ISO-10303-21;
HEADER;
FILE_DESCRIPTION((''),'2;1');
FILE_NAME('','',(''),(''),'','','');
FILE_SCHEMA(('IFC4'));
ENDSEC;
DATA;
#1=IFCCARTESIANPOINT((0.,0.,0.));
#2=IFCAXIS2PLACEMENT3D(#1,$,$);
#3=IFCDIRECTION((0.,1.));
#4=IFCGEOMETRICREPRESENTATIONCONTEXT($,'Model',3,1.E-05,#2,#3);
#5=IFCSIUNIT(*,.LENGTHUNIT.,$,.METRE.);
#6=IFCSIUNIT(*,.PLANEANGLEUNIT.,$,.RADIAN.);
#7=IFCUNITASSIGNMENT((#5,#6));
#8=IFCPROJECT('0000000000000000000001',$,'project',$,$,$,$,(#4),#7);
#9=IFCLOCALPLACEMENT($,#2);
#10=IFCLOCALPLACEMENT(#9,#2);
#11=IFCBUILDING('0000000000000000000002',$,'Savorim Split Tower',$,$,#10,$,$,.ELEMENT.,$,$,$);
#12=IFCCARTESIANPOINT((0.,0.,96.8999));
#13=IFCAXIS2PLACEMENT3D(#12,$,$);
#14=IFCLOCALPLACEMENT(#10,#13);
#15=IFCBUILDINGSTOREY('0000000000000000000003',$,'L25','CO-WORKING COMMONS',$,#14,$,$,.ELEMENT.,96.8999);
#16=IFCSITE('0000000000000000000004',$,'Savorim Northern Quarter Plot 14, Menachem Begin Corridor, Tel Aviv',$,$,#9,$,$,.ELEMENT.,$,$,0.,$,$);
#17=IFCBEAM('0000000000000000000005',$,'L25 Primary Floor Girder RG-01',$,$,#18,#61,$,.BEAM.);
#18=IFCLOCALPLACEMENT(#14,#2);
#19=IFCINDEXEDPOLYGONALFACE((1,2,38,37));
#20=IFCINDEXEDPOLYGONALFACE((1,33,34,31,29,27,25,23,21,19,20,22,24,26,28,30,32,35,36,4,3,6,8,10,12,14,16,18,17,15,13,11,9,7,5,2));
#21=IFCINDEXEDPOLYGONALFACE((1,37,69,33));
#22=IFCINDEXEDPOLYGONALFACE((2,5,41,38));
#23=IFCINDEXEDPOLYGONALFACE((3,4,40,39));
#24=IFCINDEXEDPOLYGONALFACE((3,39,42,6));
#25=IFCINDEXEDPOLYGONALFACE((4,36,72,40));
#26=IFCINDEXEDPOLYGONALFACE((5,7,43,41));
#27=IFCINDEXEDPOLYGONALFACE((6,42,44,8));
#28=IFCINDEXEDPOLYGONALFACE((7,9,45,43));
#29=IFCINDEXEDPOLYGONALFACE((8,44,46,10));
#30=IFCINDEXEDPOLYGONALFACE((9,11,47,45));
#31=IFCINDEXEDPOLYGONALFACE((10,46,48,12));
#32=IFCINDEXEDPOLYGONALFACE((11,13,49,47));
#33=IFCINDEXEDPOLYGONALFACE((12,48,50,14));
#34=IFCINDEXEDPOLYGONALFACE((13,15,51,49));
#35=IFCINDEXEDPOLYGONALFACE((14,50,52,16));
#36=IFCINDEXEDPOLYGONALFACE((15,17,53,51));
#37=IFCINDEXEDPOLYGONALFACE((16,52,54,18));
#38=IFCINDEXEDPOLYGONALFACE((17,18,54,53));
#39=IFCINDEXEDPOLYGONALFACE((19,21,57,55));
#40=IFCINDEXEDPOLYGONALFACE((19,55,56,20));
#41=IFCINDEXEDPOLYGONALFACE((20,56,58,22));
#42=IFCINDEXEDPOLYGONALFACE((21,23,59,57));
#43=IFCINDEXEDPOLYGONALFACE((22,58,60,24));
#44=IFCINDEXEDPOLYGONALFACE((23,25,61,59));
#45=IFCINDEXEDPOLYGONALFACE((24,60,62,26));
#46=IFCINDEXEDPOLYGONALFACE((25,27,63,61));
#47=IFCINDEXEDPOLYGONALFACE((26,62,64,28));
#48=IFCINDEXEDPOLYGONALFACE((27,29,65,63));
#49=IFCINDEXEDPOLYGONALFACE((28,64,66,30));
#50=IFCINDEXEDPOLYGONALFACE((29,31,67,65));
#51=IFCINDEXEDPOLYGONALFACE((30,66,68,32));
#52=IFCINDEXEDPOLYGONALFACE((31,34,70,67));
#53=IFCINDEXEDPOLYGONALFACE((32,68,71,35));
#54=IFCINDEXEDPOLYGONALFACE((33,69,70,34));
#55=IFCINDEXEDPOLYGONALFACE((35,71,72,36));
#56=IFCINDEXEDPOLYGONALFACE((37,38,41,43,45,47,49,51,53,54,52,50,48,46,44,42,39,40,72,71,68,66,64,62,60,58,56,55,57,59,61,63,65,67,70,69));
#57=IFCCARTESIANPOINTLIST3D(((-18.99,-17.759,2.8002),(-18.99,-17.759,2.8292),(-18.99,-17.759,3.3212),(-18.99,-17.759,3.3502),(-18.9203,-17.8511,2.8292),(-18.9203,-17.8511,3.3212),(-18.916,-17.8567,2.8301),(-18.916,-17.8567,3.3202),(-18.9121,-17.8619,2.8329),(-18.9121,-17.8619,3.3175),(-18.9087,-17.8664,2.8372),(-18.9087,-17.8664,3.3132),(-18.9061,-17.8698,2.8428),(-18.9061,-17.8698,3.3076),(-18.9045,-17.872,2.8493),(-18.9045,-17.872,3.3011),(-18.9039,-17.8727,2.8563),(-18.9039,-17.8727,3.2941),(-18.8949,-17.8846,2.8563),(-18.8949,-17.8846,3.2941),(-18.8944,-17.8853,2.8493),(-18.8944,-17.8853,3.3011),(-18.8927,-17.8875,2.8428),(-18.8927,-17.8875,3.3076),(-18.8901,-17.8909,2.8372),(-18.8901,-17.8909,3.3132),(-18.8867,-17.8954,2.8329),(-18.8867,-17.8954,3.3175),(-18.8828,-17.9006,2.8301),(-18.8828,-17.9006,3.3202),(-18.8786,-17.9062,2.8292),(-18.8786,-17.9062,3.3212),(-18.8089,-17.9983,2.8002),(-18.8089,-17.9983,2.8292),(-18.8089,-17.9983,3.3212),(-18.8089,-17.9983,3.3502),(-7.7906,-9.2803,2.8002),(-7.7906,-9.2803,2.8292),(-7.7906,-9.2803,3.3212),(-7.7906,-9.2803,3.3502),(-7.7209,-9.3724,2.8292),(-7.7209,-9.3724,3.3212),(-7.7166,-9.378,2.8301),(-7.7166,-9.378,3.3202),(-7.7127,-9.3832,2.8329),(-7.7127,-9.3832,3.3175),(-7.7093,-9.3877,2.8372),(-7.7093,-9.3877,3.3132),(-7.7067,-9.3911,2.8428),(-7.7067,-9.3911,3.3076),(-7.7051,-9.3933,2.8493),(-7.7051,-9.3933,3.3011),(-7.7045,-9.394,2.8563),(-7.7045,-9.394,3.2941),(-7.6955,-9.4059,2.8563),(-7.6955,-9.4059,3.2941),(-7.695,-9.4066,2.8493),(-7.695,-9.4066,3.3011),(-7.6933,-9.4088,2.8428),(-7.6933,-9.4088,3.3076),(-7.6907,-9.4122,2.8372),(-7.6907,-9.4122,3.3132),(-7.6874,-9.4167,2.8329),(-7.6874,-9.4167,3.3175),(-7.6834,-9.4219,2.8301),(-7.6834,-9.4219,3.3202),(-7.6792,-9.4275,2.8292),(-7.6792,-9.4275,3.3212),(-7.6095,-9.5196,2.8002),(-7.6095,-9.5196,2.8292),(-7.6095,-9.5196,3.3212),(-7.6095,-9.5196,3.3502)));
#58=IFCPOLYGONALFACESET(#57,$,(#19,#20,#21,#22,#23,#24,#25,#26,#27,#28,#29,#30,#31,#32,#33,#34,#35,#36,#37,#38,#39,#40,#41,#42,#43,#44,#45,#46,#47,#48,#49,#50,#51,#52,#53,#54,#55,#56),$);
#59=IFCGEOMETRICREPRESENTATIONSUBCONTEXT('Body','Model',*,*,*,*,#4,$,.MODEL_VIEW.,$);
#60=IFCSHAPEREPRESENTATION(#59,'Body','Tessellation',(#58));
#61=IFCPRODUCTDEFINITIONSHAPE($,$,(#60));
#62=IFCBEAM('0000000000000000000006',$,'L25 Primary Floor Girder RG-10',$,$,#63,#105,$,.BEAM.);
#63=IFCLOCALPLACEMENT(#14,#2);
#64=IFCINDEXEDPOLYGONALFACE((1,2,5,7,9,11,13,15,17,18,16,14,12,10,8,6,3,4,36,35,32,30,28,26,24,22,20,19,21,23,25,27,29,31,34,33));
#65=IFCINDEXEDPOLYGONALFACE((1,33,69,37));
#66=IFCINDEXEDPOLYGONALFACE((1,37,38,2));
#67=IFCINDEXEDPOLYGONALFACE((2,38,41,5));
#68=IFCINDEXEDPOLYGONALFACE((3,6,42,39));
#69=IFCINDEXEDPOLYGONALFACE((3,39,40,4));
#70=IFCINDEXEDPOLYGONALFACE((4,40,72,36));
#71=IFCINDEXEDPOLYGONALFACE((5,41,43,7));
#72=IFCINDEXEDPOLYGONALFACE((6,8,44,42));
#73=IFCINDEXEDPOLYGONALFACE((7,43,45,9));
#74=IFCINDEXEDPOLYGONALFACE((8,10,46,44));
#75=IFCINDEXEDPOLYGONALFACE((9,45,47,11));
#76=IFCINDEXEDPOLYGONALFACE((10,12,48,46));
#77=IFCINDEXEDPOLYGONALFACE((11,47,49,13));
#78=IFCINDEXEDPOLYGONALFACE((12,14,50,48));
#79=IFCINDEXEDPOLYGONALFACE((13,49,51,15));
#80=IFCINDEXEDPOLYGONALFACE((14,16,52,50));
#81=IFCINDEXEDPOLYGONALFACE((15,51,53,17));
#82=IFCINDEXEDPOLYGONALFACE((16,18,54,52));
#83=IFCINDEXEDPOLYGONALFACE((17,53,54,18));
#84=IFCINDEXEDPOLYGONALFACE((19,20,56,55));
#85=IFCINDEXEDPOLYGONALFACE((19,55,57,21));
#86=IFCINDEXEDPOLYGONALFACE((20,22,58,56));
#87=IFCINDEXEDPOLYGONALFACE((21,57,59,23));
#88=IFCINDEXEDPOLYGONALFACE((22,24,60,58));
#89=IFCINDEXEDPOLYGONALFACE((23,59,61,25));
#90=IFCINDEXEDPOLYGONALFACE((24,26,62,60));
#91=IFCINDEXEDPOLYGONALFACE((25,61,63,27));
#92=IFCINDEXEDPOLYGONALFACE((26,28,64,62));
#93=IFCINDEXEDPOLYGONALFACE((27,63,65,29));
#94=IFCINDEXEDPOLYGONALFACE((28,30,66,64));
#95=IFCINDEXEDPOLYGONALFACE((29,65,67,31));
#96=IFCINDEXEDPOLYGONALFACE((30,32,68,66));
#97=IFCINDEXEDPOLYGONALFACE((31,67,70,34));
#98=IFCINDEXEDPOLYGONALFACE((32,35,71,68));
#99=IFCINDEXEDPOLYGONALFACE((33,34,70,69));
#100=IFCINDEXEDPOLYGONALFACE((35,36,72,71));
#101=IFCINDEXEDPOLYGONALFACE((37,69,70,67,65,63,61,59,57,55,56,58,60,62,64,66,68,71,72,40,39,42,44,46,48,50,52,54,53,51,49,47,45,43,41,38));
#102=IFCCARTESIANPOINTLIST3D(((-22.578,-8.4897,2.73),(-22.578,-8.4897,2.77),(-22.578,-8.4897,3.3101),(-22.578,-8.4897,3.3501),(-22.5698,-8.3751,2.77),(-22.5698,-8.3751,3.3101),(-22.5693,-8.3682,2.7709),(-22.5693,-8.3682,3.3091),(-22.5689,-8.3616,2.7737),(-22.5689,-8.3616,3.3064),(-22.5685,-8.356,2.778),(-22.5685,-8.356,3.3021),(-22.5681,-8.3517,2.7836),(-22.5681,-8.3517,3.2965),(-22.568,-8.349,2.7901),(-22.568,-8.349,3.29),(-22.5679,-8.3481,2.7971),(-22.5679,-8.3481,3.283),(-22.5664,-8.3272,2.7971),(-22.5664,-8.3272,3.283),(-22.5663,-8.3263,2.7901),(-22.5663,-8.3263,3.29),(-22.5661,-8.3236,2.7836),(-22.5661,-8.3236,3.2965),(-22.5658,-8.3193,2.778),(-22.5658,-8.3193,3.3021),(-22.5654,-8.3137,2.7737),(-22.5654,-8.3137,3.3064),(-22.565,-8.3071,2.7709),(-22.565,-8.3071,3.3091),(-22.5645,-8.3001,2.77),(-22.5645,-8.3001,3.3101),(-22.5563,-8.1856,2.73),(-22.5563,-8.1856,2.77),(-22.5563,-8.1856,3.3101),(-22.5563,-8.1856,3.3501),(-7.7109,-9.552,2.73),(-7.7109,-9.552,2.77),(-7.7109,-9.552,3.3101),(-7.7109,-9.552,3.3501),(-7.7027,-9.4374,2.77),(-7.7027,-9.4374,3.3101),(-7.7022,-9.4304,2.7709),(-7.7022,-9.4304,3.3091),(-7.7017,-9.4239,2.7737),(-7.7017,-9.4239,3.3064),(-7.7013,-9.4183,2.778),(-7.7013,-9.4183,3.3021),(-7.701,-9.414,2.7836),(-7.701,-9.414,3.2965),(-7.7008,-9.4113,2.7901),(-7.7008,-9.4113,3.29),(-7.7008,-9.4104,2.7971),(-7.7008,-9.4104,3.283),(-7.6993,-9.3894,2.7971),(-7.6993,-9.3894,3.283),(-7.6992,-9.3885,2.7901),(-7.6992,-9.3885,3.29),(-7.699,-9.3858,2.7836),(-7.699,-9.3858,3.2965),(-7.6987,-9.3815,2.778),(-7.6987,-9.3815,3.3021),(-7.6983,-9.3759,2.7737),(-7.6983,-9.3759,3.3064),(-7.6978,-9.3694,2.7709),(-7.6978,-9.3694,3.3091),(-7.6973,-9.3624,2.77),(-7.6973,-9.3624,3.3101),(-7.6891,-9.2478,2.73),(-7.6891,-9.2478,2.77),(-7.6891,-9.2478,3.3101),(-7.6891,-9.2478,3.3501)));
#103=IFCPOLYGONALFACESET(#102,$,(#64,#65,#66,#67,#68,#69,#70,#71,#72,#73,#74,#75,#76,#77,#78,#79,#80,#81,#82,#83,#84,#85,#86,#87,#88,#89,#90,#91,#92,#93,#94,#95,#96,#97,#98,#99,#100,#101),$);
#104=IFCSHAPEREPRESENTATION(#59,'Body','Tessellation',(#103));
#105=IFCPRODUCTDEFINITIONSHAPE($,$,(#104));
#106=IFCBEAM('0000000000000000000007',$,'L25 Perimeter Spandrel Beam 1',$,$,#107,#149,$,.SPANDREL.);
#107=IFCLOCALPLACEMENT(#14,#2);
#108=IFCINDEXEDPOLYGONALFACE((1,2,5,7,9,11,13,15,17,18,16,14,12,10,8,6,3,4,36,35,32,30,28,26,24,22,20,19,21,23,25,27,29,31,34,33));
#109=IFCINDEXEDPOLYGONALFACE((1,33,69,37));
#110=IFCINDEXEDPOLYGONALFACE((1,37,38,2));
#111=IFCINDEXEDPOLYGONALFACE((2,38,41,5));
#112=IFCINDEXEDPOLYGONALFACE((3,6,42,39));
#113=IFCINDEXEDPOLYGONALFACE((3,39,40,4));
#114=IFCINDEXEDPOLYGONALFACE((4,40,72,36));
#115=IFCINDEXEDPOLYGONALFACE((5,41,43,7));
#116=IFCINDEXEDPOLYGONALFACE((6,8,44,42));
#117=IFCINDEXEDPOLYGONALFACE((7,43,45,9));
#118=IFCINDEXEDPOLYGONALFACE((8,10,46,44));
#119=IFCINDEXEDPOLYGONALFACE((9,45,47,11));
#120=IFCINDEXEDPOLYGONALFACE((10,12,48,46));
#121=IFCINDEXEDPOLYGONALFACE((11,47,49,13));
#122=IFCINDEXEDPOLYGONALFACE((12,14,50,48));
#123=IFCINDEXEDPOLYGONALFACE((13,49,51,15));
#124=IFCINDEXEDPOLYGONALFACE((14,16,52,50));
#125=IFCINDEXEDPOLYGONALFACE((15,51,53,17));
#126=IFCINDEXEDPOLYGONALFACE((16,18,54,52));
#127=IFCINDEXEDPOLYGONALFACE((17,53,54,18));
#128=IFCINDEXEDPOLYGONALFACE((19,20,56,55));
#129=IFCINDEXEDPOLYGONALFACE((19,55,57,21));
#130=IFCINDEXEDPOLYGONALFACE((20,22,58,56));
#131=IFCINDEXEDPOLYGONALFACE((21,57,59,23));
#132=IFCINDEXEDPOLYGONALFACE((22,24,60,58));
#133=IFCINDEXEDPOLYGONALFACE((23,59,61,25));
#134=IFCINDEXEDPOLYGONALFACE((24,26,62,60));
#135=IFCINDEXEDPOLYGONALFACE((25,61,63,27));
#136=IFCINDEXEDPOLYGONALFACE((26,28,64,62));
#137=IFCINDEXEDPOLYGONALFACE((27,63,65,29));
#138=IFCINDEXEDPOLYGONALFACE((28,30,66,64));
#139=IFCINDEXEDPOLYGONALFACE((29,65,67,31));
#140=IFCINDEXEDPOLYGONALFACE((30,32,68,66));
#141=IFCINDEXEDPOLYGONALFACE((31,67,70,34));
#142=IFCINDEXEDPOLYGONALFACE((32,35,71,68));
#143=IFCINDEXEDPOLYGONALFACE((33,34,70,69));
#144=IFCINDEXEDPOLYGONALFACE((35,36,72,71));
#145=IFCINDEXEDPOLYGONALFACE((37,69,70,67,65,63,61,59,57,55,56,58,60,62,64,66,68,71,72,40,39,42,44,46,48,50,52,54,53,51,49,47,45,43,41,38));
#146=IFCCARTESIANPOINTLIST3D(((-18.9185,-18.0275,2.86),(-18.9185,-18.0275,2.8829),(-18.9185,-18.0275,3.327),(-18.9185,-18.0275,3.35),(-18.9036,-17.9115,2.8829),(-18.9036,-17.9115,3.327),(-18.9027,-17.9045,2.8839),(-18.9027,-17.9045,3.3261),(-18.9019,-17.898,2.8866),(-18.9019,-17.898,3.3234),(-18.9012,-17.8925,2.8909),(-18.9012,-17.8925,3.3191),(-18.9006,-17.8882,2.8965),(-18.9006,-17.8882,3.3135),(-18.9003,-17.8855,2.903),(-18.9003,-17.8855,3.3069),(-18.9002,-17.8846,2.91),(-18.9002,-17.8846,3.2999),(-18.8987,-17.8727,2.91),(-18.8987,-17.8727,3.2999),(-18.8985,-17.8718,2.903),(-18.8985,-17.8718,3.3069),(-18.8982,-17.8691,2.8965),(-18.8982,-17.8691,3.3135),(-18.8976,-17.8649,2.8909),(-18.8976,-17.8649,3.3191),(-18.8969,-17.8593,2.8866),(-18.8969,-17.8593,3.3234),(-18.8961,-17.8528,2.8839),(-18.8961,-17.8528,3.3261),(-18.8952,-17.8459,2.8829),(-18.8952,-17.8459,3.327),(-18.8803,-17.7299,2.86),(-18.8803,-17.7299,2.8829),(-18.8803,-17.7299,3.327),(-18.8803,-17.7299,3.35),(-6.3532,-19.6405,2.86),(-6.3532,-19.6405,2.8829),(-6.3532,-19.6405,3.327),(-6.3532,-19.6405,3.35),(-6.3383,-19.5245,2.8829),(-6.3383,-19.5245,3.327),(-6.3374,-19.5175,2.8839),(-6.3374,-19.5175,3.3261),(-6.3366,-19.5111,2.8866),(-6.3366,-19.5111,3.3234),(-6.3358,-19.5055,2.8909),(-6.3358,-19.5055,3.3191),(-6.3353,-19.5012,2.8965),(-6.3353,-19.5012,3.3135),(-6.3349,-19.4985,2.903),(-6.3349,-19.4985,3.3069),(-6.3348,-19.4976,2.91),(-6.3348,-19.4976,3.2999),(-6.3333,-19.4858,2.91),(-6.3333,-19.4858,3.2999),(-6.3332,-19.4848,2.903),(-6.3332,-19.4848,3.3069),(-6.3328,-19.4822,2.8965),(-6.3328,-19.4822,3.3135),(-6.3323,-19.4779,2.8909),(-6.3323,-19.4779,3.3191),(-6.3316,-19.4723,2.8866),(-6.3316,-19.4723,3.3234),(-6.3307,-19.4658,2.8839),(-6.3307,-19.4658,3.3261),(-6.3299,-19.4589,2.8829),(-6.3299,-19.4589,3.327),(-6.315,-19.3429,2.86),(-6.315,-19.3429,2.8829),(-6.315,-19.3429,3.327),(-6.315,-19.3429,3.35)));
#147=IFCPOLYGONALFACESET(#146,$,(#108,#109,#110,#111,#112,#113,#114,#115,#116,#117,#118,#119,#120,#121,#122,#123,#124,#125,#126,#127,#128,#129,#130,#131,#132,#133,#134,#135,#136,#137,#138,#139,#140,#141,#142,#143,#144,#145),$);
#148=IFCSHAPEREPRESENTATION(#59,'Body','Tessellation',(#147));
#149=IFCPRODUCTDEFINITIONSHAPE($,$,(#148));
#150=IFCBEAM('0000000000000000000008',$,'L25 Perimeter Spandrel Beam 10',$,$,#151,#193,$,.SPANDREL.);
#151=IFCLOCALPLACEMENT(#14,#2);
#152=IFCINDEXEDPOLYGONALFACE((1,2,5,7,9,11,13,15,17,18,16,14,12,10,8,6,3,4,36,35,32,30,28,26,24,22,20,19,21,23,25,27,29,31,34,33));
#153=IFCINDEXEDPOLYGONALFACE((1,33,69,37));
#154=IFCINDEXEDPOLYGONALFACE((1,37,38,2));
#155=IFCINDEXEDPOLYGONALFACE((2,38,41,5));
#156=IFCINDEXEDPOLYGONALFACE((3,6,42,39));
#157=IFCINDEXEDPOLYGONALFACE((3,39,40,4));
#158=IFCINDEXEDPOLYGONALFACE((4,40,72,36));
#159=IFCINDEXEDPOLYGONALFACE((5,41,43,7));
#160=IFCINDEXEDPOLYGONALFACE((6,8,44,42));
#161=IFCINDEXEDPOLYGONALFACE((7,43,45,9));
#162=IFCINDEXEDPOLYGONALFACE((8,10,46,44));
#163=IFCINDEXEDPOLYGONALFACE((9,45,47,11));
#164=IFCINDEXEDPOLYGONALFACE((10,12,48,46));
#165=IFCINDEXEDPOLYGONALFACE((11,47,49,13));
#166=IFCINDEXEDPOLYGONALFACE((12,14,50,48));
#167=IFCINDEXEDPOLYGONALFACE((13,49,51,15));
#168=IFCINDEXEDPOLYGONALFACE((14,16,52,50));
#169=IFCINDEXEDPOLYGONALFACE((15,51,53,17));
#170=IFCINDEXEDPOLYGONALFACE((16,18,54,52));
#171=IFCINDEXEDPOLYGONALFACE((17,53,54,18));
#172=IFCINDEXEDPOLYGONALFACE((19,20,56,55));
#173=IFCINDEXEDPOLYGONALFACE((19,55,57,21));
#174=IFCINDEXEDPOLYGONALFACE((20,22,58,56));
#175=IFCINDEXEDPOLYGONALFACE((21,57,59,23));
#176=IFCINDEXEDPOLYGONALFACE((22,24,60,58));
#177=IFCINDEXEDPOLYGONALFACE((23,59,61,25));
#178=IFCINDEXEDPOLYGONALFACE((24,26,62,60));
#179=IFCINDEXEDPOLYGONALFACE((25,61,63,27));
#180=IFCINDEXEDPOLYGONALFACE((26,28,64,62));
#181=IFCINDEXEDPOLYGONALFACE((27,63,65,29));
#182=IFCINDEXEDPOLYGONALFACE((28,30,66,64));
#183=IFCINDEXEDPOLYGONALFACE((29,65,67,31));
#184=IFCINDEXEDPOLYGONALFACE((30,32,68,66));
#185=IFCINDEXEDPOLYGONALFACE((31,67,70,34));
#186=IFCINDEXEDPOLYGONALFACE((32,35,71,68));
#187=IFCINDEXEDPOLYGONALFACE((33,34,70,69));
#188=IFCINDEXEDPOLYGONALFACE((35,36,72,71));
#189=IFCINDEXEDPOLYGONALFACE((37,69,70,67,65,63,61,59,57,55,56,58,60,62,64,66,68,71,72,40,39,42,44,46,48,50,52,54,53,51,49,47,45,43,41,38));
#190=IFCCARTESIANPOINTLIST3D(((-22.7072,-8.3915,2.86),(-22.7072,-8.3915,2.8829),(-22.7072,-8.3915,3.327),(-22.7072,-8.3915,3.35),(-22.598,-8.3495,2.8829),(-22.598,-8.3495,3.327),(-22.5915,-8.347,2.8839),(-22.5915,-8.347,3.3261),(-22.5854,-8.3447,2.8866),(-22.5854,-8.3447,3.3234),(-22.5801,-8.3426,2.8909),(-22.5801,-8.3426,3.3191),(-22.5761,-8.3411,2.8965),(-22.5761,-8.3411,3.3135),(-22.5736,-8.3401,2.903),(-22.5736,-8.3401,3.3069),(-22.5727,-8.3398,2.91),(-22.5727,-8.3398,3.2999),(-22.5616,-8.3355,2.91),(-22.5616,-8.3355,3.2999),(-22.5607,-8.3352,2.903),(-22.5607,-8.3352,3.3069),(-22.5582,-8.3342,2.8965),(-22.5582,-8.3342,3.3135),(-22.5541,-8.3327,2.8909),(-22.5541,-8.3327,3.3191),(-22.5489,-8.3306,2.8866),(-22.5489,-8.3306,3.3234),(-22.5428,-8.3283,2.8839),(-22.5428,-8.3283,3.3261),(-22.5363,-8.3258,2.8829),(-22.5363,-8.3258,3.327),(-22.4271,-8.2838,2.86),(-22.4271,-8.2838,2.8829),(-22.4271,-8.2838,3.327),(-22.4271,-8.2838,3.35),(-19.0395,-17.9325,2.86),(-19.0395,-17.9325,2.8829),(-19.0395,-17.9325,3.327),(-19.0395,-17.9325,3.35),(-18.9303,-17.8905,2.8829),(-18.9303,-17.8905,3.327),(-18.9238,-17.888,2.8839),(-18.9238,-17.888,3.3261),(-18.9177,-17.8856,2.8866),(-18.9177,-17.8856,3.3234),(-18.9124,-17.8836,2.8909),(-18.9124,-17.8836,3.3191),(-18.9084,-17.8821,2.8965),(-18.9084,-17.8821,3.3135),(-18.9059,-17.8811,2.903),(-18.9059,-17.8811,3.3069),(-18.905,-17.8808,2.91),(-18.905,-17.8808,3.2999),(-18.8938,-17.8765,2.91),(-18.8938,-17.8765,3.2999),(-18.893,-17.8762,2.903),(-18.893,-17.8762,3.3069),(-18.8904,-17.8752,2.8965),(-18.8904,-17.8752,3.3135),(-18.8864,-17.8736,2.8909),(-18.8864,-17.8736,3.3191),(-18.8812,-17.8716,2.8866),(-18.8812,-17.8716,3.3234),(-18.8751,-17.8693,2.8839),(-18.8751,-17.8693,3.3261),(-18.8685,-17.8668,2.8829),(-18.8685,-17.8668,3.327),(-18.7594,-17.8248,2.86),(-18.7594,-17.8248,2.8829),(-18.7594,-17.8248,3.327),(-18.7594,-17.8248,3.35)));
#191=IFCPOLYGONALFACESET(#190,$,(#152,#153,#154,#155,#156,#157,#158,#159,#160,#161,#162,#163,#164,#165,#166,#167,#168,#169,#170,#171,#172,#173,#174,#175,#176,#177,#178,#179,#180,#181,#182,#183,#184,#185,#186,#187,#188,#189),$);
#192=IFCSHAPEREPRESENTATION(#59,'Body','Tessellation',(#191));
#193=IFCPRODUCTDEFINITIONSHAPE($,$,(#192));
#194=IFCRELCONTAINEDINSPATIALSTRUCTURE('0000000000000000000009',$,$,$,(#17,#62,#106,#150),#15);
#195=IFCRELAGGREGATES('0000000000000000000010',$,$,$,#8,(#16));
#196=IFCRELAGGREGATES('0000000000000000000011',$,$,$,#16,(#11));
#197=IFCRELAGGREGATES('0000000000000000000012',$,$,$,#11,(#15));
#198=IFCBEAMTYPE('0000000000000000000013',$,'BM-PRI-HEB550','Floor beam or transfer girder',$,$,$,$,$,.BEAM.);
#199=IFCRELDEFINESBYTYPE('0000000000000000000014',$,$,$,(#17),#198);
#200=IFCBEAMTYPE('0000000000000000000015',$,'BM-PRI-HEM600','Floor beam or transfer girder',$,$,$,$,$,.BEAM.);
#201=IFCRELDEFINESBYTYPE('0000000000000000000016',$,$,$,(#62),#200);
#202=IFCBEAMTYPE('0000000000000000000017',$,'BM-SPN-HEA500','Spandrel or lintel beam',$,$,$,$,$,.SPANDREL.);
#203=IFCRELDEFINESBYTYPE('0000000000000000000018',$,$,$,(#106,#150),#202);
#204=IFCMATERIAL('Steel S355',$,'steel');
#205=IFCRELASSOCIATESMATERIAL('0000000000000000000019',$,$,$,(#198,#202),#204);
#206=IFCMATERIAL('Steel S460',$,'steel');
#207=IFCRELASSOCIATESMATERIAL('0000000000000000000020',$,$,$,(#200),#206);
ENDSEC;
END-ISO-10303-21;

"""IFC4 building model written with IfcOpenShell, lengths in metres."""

from ifc_helpers import new_model, si_unit, direction, frame, origin, origin_2d, place, context, subcontext, project, spatial, i_section, extrude, material, material_profile, profile_set, type_object, element, save


model = new_model("IFC4")

# Units and contexts
model_context = context("Model", 3, precision=1e-05, world=origin(), true_north=direction((0.0, 1.0)))
body_context = subcontext(model_context, "Body", "Model", "MODEL_VIEW")
ifc_project = project(units=[si_unit("LENGTHUNIT", "METRE"), si_unit("PLANEANGLEUNIT", "RADIAN")], contexts=[model_context])

# Site, building, storey
site_placement = place(None, origin())
site = spatial("IfcSite", under=ifc_project, at=site_placement, Name="Savorim Northern Quarter Plot 14, Menachem Begin Corridor, Tel Aviv", CompositionType="ELEMENT", RefElevation=0.0)
building_placement = place(site_placement, origin())
building = spatial("IfcBuilding", under=site, at=building_placement, Name="Savorim Split Tower", CompositionType="ELEMENT")
storey_placement = place(building_placement, frame((0.0, 0.0, 96.8999)))
storey = spatial("IfcBuildingStorey", under=building, at=storey_placement, Name="L25", Description="CO-WORKING COMMONS", CompositionType="ELEMENT", Elevation=96.8999)

# Shared definitions
ifc_material_1 = material(Name="Steel S460", Category="steel")

# Beams
ifc_material_2 = material(Name="Steel S355", Category="steel")
ifc_material_profile_1 = material_profile(ifc_material_2, i_section(OverallWidth=0.3, OverallDepth=0.55, WebThickness=0.0149, FlangeThickness=0.0291, FilletRadius=0.0271, at=origin_2d()), Name="HEB 550")
ifc_profile_set_1 = profile_set([ifc_material_profile_1], Name="Steel S355")
beam_type_1 = type_object("IfcBeamType", Name="BM-PRI-HEB550", Description="Floor beam or transfer girder", PredefinedType="BEAM", material=ifc_profile_set_1)
beam_1_placement = place(storey_placement, frame((-18.8994, -17.8787, 3.0752), z_axis=(0.797287, 0.603601, 0.0), x_axis=(-0.603601, 0.797287, 0.0)))
element("IfcBeam", 1, at=beam_1_placement, inside=storey, type_object=beam_type_1, Name="L25 Primary Floor Girder RG-01", PredefinedType="BEAM", context=body_context, shape_type="SweptSolid", body=[
    extrude(i_section(OverallWidth=0.3, OverallDepth=0.55, WebThickness=0.0149, FlangeThickness=0.0291, FilletRadius=0.0271, at=origin_2d()), origin(), (0.0, 0.0, 1.0), 14.0469),
])
ifc_material_profile_2 = material_profile(ifc_material_1, i_section(OverallWidth=0.3049, OverallDepth=0.6201, WebThickness=0.021, FlangeThickness=0.04, FilletRadius=0.0271, at=origin_2d()), Name="HE 600 M")
ifc_profile_set_2 = profile_set([ifc_material_profile_2], Name="Steel S460")
beam_type_2 = type_object("IfcBeamType", Name="BM-PRI-HEM600", Description="Floor beam or transfer girder", PredefinedType="BEAM", material=ifc_profile_set_2)
beam_2_placement = place(storey_placement, frame((-22.5671, -8.3376, 3.04), z_axis=(0.997457, -0.071268, 0.0), x_axis=(0.071268, 0.997457, 0.0)))
element("IfcBeam", 2, at=beam_2_placement, inside=storey, type_object=beam_type_2, Name="L25 Primary Floor Girder RG-10", PredefinedType="BEAM", context=body_context, shape_type="SweptSolid", body=[
    extrude(i_section(OverallWidth=0.3049, OverallDepth=0.6201, WebThickness=0.021, FlangeThickness=0.04, FilletRadius=0.0271, at=origin_2d()), origin(), (0.0, 0.0, 1.0), 14.905),
])
ifc_material_profile_3 = material_profile(ifc_material_2, i_section(OverallWidth=0.3, OverallDepth=0.49, WebThickness=0.012, FlangeThickness=0.0229, FilletRadius=0.0271, at=origin_2d()), Name="HEA 500")
ifc_profile_set_3 = profile_set([ifc_material_profile_3], Name="Steel S355")
beam_type_3 = type_object("IfcBeamType", Name="BM-SPN-HEA500", Description="Spandrel or lintel beam", PredefinedType="SPANDREL", material=ifc_profile_set_3)
beam_3_placement = place(storey_placement, frame((-18.8994, -17.8787, 3.105), z_axis=(0.991861, -0.127326, 0.0), x_axis=(0.127326, 0.991861, 0.0)))
element("IfcBeam", 3, at=beam_3_placement, inside=storey, type_object=beam_type_3, Name="L25 Perimeter Spandrel Beam 1", PredefinedType="SPANDREL", context=body_context, shape_type="SweptSolid", body=[
    extrude(i_section(OverallWidth=0.3, OverallDepth=0.49, WebThickness=0.012, FlangeThickness=0.0229, FilletRadius=0.0271, at=origin_2d()), origin(), (0.0, 0.0, 1.0), 12.6685),
])
beam_4_placement = place(storey_placement, frame((-22.5671, -8.3376, 3.105), z_axis=(0.358817, -0.933408, 0.0), x_axis=(0.933408, 0.358817, 0.0)))
element("IfcBeam", 4, at=beam_4_placement, inside=storey, type_object=beam_type_3, Name="L25 Perimeter Spandrel Beam 10", PredefinedType="SPANDREL", context=body_context, shape_type="SweptSolid", body=[
    extrude(i_section(OverallWidth=0.3, OverallDepth=0.49, WebThickness=0.012, FlangeThickness=0.0229, FilletRadius=0.0271, at=origin_2d()), origin(), (0.0, 0.0, 1.0), 10.2217),
])

save(model, "model.ifc")
